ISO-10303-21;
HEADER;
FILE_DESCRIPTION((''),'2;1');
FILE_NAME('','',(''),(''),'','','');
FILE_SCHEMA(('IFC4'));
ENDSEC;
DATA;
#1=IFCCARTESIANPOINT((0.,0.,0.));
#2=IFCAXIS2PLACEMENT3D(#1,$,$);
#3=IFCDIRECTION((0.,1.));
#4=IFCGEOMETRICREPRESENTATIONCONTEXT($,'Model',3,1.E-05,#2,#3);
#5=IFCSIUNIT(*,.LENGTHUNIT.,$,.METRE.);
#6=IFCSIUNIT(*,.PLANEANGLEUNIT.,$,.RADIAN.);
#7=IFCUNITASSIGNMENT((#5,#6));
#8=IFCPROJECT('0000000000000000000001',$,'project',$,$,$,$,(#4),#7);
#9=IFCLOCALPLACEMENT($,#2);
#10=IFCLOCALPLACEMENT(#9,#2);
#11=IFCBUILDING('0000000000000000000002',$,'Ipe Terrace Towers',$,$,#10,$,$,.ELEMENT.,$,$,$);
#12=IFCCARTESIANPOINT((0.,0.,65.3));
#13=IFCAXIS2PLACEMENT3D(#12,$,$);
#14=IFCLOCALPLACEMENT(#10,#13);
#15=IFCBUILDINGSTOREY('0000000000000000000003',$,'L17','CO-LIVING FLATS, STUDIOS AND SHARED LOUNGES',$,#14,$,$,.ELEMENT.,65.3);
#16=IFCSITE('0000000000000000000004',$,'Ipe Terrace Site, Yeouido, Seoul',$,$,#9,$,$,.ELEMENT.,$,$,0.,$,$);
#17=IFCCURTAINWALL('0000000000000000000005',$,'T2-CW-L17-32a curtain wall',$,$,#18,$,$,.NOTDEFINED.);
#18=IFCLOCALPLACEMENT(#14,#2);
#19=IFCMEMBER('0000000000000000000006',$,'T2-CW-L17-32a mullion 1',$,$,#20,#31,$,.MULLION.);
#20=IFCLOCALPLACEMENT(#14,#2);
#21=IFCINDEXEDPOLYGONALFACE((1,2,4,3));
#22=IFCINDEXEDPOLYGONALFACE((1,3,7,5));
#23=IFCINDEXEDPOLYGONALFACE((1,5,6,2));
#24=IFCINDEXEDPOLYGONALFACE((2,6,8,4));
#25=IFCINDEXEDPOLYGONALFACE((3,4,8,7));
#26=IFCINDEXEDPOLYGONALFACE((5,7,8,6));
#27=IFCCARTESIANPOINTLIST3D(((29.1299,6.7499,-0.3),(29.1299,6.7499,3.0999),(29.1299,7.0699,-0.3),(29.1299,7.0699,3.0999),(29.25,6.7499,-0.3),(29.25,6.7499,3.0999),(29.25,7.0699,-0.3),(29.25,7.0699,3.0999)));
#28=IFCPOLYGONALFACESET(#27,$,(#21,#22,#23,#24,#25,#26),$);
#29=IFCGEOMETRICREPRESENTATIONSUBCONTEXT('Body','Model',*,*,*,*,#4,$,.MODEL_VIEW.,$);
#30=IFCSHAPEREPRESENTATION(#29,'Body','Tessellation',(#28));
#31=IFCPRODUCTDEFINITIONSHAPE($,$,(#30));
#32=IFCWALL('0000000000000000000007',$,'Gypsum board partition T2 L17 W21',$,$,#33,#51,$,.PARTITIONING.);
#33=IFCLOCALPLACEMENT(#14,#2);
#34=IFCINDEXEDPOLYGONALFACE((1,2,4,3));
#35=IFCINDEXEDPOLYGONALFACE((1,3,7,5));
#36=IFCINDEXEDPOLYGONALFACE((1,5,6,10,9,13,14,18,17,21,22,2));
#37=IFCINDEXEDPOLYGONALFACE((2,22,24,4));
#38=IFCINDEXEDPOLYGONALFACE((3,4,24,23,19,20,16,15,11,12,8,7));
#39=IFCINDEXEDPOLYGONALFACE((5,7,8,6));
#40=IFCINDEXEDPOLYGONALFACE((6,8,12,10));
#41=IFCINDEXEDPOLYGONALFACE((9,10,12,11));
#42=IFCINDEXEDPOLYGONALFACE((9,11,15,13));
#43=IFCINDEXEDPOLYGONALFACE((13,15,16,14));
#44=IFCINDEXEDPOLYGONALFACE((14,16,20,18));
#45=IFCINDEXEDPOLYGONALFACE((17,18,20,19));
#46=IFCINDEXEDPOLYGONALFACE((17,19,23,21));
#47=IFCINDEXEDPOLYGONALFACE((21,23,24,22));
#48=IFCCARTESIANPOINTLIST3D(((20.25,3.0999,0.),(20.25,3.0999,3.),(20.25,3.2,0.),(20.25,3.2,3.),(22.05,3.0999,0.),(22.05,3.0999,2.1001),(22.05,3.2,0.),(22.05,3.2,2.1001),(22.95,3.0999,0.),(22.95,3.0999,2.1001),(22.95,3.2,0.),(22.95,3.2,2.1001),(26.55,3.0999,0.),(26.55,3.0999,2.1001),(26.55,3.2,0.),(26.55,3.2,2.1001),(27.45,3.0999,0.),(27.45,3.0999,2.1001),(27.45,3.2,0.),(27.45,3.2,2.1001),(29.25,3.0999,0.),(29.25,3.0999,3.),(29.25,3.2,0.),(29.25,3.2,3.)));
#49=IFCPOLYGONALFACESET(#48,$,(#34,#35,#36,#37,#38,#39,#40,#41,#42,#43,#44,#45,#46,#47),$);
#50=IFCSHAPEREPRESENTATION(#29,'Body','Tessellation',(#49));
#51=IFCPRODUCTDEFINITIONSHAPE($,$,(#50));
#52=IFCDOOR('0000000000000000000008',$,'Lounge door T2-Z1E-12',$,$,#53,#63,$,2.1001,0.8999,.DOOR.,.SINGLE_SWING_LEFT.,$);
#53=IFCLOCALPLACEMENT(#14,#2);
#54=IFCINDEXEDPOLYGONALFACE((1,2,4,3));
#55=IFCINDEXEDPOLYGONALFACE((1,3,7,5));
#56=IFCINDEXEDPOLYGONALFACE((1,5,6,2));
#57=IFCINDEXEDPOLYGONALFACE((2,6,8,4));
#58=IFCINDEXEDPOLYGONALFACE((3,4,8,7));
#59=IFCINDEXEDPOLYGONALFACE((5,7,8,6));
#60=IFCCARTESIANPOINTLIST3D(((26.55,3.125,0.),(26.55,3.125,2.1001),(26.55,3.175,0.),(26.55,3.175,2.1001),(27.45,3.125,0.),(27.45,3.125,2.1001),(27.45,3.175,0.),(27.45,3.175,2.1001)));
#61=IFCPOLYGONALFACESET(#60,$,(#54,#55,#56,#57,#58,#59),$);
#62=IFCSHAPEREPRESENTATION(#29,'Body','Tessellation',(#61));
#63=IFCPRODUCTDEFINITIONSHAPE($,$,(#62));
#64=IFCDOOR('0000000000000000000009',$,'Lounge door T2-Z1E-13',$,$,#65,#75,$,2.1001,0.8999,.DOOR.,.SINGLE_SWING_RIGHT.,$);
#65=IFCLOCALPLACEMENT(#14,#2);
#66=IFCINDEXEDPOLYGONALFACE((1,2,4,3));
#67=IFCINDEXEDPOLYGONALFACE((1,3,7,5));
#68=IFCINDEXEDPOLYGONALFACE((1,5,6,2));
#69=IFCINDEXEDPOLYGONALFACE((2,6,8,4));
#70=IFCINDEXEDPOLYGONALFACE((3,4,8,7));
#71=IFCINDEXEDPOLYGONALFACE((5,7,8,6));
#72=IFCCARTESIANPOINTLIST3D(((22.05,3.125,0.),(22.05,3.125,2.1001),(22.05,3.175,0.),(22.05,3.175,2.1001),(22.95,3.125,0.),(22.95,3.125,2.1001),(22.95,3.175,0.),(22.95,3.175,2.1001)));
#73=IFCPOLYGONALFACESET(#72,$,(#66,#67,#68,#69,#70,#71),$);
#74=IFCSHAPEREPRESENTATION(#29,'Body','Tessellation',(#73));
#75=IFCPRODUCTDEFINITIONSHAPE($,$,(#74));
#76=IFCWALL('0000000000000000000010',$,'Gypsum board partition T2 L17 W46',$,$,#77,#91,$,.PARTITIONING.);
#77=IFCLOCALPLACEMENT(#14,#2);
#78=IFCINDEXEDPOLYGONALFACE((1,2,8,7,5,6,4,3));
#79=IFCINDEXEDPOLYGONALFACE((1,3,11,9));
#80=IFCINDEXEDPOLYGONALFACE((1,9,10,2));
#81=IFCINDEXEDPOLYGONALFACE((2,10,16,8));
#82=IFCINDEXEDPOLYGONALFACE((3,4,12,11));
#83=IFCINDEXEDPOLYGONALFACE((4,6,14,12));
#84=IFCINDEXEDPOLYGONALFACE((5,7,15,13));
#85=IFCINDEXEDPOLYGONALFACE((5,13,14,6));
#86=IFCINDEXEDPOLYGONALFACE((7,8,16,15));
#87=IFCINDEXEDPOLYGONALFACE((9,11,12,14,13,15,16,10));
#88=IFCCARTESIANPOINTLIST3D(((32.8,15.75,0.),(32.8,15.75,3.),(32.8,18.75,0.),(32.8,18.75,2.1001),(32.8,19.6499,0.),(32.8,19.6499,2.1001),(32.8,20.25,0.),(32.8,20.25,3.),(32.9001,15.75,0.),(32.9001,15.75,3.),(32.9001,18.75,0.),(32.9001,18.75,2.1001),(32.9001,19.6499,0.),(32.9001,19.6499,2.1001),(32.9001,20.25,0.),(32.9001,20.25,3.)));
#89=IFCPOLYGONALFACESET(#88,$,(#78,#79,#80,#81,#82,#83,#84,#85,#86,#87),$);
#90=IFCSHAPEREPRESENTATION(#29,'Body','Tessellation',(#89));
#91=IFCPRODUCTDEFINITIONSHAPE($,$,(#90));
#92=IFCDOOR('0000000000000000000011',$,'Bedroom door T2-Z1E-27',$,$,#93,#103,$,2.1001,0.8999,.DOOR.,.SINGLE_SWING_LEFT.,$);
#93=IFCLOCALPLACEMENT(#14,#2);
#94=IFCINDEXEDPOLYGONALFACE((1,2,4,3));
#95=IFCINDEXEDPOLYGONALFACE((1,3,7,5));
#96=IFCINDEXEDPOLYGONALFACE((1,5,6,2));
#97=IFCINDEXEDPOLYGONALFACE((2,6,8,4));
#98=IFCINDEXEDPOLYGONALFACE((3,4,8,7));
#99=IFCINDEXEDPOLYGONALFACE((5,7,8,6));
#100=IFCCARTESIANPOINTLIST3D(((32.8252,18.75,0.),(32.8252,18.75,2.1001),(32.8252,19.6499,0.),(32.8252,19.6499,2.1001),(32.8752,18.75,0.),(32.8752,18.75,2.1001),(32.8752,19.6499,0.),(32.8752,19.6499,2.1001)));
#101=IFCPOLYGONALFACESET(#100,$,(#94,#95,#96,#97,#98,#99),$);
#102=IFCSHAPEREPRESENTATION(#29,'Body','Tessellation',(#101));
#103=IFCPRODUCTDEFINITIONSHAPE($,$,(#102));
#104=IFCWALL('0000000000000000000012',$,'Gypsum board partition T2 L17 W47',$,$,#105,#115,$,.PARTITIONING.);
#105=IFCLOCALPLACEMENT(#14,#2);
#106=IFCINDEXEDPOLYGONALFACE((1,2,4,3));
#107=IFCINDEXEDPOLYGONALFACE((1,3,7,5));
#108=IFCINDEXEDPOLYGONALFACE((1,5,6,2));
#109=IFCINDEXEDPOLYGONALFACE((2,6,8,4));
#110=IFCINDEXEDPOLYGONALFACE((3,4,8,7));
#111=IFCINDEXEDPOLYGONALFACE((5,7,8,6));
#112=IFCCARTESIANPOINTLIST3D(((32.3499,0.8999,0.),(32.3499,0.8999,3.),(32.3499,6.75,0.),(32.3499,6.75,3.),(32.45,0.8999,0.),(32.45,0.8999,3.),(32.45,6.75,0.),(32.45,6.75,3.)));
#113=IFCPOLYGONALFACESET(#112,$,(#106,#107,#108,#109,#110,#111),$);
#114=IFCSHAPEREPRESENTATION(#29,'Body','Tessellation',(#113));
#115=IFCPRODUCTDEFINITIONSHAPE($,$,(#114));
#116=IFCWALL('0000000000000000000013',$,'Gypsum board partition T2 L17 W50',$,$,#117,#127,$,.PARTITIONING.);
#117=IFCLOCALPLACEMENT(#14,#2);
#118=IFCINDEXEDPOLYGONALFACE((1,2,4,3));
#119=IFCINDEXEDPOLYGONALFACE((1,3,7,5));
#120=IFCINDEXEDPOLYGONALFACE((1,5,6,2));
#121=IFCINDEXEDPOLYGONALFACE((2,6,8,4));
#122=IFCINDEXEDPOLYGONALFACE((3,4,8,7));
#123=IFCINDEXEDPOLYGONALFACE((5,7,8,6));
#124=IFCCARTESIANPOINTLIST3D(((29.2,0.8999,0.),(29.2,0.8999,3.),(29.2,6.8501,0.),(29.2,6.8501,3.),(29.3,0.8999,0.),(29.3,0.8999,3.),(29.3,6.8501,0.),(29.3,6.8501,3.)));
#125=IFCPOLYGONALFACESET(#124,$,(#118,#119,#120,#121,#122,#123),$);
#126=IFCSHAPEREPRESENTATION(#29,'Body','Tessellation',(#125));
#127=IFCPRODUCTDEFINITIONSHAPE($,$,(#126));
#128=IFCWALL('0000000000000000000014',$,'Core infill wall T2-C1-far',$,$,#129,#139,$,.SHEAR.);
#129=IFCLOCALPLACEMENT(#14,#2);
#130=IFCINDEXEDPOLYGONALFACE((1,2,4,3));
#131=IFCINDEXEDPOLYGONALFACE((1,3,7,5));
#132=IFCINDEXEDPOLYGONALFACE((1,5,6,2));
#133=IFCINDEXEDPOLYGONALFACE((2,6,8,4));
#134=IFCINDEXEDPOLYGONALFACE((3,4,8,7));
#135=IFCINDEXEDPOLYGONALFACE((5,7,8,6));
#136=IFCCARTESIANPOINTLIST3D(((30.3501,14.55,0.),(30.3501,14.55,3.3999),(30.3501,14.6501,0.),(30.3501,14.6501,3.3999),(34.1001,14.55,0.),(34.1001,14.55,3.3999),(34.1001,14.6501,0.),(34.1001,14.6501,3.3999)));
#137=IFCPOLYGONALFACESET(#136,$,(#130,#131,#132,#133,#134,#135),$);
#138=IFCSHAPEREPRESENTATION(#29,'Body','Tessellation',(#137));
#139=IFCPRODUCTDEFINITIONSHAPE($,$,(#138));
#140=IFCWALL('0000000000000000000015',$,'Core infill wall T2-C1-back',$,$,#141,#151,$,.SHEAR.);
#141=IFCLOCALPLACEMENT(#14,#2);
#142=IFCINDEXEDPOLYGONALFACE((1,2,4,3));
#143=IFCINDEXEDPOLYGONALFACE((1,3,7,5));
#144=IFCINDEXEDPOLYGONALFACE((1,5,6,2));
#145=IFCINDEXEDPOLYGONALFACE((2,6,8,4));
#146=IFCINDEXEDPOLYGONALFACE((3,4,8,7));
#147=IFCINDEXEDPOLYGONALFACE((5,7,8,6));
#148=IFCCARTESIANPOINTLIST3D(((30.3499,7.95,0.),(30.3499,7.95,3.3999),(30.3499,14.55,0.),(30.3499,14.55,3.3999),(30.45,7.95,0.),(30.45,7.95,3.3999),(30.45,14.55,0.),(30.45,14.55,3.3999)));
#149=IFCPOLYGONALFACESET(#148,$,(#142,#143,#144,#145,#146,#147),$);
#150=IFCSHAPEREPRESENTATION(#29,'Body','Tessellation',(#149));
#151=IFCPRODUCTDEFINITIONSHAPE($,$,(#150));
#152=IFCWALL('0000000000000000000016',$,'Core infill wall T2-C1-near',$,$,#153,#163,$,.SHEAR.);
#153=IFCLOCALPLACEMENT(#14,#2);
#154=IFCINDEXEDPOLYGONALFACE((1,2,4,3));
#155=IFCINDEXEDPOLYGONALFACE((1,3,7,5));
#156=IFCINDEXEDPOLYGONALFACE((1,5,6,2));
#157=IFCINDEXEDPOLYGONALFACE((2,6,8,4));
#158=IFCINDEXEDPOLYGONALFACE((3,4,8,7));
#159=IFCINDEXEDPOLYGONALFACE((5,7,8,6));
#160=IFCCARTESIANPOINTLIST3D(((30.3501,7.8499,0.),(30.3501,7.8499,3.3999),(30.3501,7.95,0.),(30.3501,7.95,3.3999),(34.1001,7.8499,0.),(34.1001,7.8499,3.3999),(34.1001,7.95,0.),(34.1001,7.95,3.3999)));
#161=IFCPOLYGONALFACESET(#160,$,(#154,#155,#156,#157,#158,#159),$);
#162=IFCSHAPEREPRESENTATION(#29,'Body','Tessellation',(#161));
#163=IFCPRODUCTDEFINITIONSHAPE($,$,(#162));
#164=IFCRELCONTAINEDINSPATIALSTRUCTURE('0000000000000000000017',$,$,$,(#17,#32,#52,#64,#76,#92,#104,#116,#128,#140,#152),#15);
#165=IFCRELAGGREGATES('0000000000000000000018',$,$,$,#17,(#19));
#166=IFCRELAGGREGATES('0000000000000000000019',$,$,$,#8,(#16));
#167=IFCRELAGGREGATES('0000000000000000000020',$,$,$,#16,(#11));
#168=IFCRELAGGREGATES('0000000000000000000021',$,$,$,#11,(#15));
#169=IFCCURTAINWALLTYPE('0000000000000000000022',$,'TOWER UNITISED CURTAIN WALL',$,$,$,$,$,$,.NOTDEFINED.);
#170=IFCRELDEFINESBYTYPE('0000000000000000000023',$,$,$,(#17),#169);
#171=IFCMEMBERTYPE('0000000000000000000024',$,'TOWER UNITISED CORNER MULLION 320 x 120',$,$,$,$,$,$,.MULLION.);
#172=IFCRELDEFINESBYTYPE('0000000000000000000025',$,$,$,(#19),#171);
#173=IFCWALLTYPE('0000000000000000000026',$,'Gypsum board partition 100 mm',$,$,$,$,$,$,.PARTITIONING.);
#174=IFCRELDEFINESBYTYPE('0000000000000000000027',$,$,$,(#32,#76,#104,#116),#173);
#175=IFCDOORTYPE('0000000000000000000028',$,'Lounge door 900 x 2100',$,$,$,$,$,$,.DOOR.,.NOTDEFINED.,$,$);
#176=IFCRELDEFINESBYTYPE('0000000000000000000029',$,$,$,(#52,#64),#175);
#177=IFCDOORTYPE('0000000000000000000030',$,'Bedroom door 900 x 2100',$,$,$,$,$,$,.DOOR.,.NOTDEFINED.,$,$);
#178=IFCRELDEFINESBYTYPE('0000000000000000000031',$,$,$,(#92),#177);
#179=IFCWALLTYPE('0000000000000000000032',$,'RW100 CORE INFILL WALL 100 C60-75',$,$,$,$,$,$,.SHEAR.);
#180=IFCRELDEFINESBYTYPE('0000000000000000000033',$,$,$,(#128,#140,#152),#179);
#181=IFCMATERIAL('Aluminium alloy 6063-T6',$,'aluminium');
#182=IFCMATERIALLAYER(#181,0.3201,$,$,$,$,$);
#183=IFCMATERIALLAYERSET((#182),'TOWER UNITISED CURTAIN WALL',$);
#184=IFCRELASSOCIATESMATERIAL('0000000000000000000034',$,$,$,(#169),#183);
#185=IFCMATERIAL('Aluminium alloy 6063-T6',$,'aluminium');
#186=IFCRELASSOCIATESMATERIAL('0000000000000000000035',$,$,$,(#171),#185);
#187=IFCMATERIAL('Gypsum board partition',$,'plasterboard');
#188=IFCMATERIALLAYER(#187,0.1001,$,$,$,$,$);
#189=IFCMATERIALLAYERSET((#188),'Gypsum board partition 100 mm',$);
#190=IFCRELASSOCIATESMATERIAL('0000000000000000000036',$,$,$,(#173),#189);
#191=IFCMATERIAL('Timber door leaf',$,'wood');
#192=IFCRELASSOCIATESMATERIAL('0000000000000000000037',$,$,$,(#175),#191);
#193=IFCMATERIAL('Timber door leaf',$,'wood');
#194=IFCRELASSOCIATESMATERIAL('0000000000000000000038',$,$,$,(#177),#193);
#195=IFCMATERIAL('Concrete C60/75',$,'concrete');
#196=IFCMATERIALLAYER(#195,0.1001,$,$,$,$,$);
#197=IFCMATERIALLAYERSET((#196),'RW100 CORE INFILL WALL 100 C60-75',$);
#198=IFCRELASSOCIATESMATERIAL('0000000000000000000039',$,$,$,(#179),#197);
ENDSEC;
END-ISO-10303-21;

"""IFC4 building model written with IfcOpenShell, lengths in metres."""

from ifc_helpers import new_model, si_unit, direction, frame, frame_2d, origin, origin_2d, place, context, subcontext, project, spatial, rectangle, extrude, material, layer, layer_set, material_profile, profile_set, type_object, element, fill, aggregate, save


model = new_model("IFC4")

# Units and contexts
model_context = context("Model", 3, precision=1e-05, world=origin(), true_north=direction((0.0, 1.0)))
body_context = subcontext(model_context, "Body", "Model", "MODEL_VIEW")
ifc_project = project(units=[si_unit("LENGTHUNIT", "METRE"), si_unit("PLANEANGLEUNIT", "RADIAN")], contexts=[model_context])

# Site, building, storey
site_placement = place(None, origin())
site = spatial("IfcSite", under=ifc_project, at=site_placement, Name="Ipe Terrace Site, Yeouido, Seoul", CompositionType="ELEMENT", RefElevation=0.0)
building_placement = place(site_placement, origin())
building = spatial("IfcBuilding", under=site, at=building_placement, Name="Ipe Terrace Towers", CompositionType="ELEMENT")
storey_placement = place(building_placement, frame((0.0, 0.0, 65.3)))
storey = spatial("IfcBuildingStorey", under=building, at=storey_placement, Name="L17", Description="CO-LIVING FLATS, STUDIOS AND SHARED LOUNGES", CompositionType="ELEMENT", Elevation=65.3)

# Curtain wall, member
ifc_material_1 = material(Name="Aluminium alloy 6063-T6", Category="aluminium")
ifc_layer_1 = layer(ifc_material_1, 0.3201)
ifc_layer_set_1 = layer_set([ifc_layer_1], Name="TOWER UNITISED CURTAIN WALL")
curtain_wall_type = type_object("IfcCurtainWallType", Name="TOWER UNITISED CURTAIN WALL", PredefinedType="NOTDEFINED", material=ifc_layer_set_1)
curtain_wall_placement = place(storey_placement, origin())
curtain_wall = element("IfcCurtainWall", 1, at=curtain_wall_placement, inside=storey, type_object=curtain_wall_type, Name="T2-CW-L17-32a curtain wall", PredefinedType="NOTDEFINED")
ifc_material_2 = material(Name="Aluminium alloy 6063-T6", Category="aluminium")
ifc_material_profile_1 = material_profile(ifc_material_2, rectangle(XDim=0.3201, YDim=0.1201, at=origin_2d()), Name="TOWER UNITISED CORNER MULLION 320 x 120")
ifc_profile_set_1 = profile_set([ifc_material_profile_1], Name="Aluminium alloy 6063-T6")
member_type = type_object("IfcMemberType", Name="TOWER UNITISED CORNER MULLION 320 x 120", PredefinedType="MULLION", material=ifc_profile_set_1)
member_placement = place(storey_placement, frame((29.1899, 6.9099, -0.3), z_axis=(0.0, 0.0, 1.0), x_axis=(0.0, 1.0, 0.0)))
member = element("IfcMember", 2, at=member_placement, type_object=member_type, Name="T2-CW-L17-32a mullion 1", PredefinedType="MULLION", context=body_context, shape_type="SweptSolid", body=[
    extrude(rectangle(XDim=0.3201, YDim=0.1201, at=origin_2d()), origin(), (0.0, 0.0, 1.0), 3.3999),
])
aggregate(curtain_wall, [member])

# Wall, openings, doors
ifc_material_3 = material(Name="Gypsum board partition", Category="plasterboard")
ifc_layer_2 = layer(ifc_material_3, 0.1001)
ifc_layer_set_2 = layer_set([ifc_layer_2], Name="Gypsum board partition 100 mm")
wall_type_1 = type_object("IfcWallType", Name="Gypsum board partition 100 mm", PredefinedType="PARTITIONING", material=ifc_layer_set_2)
wall_1_placement = place(storey_placement, frame((29.25, 3.1499, 0.0), z_axis=(0.0, 0.0, 1.0), x_axis=(-1.0, 0.0, 0.0)))
wall_1 = element("IfcWall", 3, at=wall_1_placement, inside=storey, type_object=wall_type_1, Name="Gypsum board partition T2 L17 W21", PredefinedType="PARTITIONING", context=body_context, shape_type="SweptSolid", body=[
    extrude(rectangle(XDim=9.0, YDim=0.1001, at=frame_2d((4.5, 0.0))), origin(), (0.0, 0.0, 1.0), 3.0),
])
opening_1_placement = place(wall_1_placement, frame((1.8, 0.0, 0.0)))
opening_1 = element("IfcOpeningElement", 4, at=opening_1_placement, cuts=wall_1, PredefinedType="OPENING", context=body_context, shape_type="SweptSolid", body=[
    extrude(rectangle(XDim=0.8999, YDim=2.1001, at=frame_2d((0.45, 1.05))), frame((0.0, 0.0601, 0.0), z_axis=(0.0, -1.0, 0.0), x_axis=(1.0, 0.0, 0.0)), (0.0, 0.0, 1.0), 0.1201),
])
opening_2_placement = place(wall_1_placement, frame((6.3, 0.0, 0.0)))
opening_2 = element("IfcOpeningElement", 5, at=opening_2_placement, cuts=wall_1, PredefinedType="OPENING", context=body_context, shape_type="SweptSolid", body=[
    extrude(rectangle(XDim=0.8999, YDim=2.1001, at=frame_2d((0.45, 1.05))), frame((0.0, 0.0601, 0.0), z_axis=(0.0, -1.0, 0.0), x_axis=(1.0, 0.0, 0.0)), (0.0, 0.0, 1.0), 0.1201),
])
ifc_material_4 = material(Name="Timber door leaf", Category="wood")
door_type_1 = type_object("IfcDoorType", Name="Lounge door 900 x 2100", OperationType="NOTDEFINED", PredefinedType="DOOR", material=ifc_material_4)
door_1_placement = place(opening_1_placement, origin())
door_1 = element("IfcDoor", 6, at=door_1_placement, inside=storey, type_object=door_type_1, Name="Lounge door T2-Z1E-12", OperationType="SINGLE_SWING_LEFT", OverallHeight=2.1001, OverallWidth=0.8999, PredefinedType="DOOR", context=body_context, shape_type="SweptSolid", body=[
    extrude(rectangle(XDim=0.8999, YDim=2.1001, at=frame_2d((0.45, 1.05))), frame((0.0, 0.0249, 0.0), z_axis=(0.0, -1.0, 0.0), x_axis=(1.0, 0.0, 0.0)), (0.0, 0.0, 1.0), 0.05),
])
fill(opening_1, door_1)
door_2_placement = place(opening_2_placement, origin())
door_2 = element("IfcDoor", 7, at=door_2_placement, inside=storey, type_object=door_type_1, Name="Lounge door T2-Z1E-13", OperationType="SINGLE_SWING_RIGHT", OverallHeight=2.1001, OverallWidth=0.8999, PredefinedType="DOOR", context=body_context, shape_type="SweptSolid", body=[
    extrude(rectangle(XDim=0.8999, YDim=2.1001, at=frame_2d((0.45, 1.05))), frame((0.0, 0.0249, 0.0), z_axis=(0.0, -1.0, 0.0), x_axis=(1.0, 0.0, 0.0)), (0.0, 0.0, 1.0), 0.05),
])
fill(opening_2, door_2)

# Wall, opening, door
wall_2_placement = place(storey_placement, frame((32.8501, 15.75, 0.0), z_axis=(0.0, 0.0, 1.0), x_axis=(0.0, 1.0, 0.0)))
wall_2 = element("IfcWall", 8, at=wall_2_placement, inside=storey, type_object=wall_type_1, Name="Gypsum board partition T2 L17 W46", PredefinedType="PARTITIONING", context=body_context, shape_type="SweptSolid", body=[
    extrude(rectangle(XDim=4.5, YDim=0.1001, at=frame_2d((2.25, 0.0))), origin(), (0.0, 0.0, 1.0), 3.0),
])
opening_3_placement = place(wall_2_placement, frame((3.0, 0.0, 0.0)))
opening_3 = element("IfcOpeningElement", 9, at=opening_3_placement, cuts=wall_2, PredefinedType="OPENING", context=body_context, shape_type="SweptSolid", body=[
    extrude(rectangle(XDim=0.8999, YDim=2.1001, at=frame_2d((0.45, 1.05))), frame((0.0, 0.0601, 0.0), z_axis=(0.0, -1.0, 0.0), x_axis=(1.0, 0.0, 0.0)), (0.0, 0.0, 1.0), 0.1201),
])
ifc_material_5 = material(Name="Timber door leaf", Category="wood")
door_type_2 = type_object("IfcDoorType", Name="Bedroom door 900 x 2100", OperationType="NOTDEFINED", PredefinedType="DOOR", material=ifc_material_5)
door_3_placement = place(opening_3_placement, origin())
door_3 = element("IfcDoor", 10, at=door_3_placement, inside=storey, type_object=door_type_2, Name="Bedroom door T2-Z1E-27", OperationType="SINGLE_SWING_LEFT", OverallHeight=2.1001, OverallWidth=0.8999, PredefinedType="DOOR", context=body_context, shape_type="SweptSolid", body=[
    extrude(rectangle(XDim=0.8999, YDim=2.1001, at=frame_2d((0.45, 1.05))), frame((0.0, 0.0249, 0.0), z_axis=(0.0, -1.0, 0.0), x_axis=(1.0, 0.0, 0.0)), (0.0, 0.0, 1.0), 0.05),
])
fill(opening_3, door_3)

# Walls
wall_3_placement = place(storey_placement, frame((32.3999, 0.8999, 0.0), z_axis=(0.0, 0.0, 1.0), x_axis=(0.0, 1.0, 0.0)))
element("IfcWall", 11, at=wall_3_placement, inside=storey, type_object=wall_type_1, Name="Gypsum board partition T2 L17 W47", PredefinedType="PARTITIONING", context=body_context, shape_type="SweptSolid", body=[
    extrude(rectangle(XDim=5.8501, YDim=0.1001, at=frame_2d((2.925, 0.0))), origin(), (0.0, 0.0, 1.0), 3.0),
])
wall_4_placement = place(storey_placement, frame((29.25, 0.8999, 0.0), z_axis=(0.0, 0.0, 1.0), x_axis=(0.0, 1.0, 0.0)))
element("IfcWall", 12, at=wall_4_placement, inside=storey, type_object=wall_type_1, Name="Gypsum board partition T2 L17 W50", PredefinedType="PARTITIONING", context=body_context, shape_type="SweptSolid", body=[
    extrude(rectangle(XDim=5.9502, YDim=0.1001, at=frame_2d((2.9751, 0.0))), origin(), (0.0, 0.0, 1.0), 3.0),
])
ifc_material_6 = material(Name="Concrete C60/75", Category="concrete")
ifc_layer_3 = layer(ifc_material_6, 0.1001)
ifc_layer_set_3 = layer_set([ifc_layer_3], Name="RW100 CORE INFILL WALL 100 C60-75")
wall_type_2 = type_object("IfcWallType", Name="RW100 CORE INFILL WALL 100 C60-75", PredefinedType="SHEAR", material=ifc_layer_set_3)
wall_5_placement = place(storey_placement, frame((34.1001, 14.6001, 0.0), z_axis=(0.0, 0.0, 1.0), x_axis=(-1.0, 0.0, 0.0)))
element("IfcWall", 13, at=wall_5_placement, inside=storey, type_object=wall_type_2, Name="Core infill wall T2-C1-far", PredefinedType="SHEAR", context=body_context, shape_type="SweptSolid", body=[
    extrude(rectangle(XDim=3.75, YDim=0.1001, at=frame_2d((1.875, 0.0))), origin(), (0.0, 0.0, 1.0), 3.3999),
])
wall_6_placement = place(storey_placement, frame((30.3999, 7.95, 0.0), z_axis=(0.0, 0.0, 1.0), x_axis=(0.0, 1.0, 0.0)))
element("IfcWall", 14, at=wall_6_placement, inside=storey, type_object=wall_type_2, Name="Core infill wall T2-C1-back", PredefinedType="SHEAR", context=body_context, shape_type="SweptSolid", body=[
    extrude(rectangle(XDim=6.6001, YDim=0.1001, at=frame_2d((3.3, 0.0))), origin(), (0.0, 0.0, 1.0), 3.3999),
])
wall_7_placement = place(storey_placement, frame((34.1001, 7.8999, 0.0), z_axis=(0.0, 0.0, 1.0), x_axis=(-1.0, 0.0, 0.0)))
element("IfcWall", 15, at=wall_7_placement, inside=storey, type_object=wall_type_2, Name="Core infill wall T2-C1-near", PredefinedType="SHEAR", context=body_context, shape_type="SweptSolid", body=[
    extrude(rectangle(XDim=3.75, YDim=0.1001, at=frame_2d((1.875, 0.0))), origin(), (0.0, 0.0, 1.0), 3.3999),
])

save(model, "model.ifc")
